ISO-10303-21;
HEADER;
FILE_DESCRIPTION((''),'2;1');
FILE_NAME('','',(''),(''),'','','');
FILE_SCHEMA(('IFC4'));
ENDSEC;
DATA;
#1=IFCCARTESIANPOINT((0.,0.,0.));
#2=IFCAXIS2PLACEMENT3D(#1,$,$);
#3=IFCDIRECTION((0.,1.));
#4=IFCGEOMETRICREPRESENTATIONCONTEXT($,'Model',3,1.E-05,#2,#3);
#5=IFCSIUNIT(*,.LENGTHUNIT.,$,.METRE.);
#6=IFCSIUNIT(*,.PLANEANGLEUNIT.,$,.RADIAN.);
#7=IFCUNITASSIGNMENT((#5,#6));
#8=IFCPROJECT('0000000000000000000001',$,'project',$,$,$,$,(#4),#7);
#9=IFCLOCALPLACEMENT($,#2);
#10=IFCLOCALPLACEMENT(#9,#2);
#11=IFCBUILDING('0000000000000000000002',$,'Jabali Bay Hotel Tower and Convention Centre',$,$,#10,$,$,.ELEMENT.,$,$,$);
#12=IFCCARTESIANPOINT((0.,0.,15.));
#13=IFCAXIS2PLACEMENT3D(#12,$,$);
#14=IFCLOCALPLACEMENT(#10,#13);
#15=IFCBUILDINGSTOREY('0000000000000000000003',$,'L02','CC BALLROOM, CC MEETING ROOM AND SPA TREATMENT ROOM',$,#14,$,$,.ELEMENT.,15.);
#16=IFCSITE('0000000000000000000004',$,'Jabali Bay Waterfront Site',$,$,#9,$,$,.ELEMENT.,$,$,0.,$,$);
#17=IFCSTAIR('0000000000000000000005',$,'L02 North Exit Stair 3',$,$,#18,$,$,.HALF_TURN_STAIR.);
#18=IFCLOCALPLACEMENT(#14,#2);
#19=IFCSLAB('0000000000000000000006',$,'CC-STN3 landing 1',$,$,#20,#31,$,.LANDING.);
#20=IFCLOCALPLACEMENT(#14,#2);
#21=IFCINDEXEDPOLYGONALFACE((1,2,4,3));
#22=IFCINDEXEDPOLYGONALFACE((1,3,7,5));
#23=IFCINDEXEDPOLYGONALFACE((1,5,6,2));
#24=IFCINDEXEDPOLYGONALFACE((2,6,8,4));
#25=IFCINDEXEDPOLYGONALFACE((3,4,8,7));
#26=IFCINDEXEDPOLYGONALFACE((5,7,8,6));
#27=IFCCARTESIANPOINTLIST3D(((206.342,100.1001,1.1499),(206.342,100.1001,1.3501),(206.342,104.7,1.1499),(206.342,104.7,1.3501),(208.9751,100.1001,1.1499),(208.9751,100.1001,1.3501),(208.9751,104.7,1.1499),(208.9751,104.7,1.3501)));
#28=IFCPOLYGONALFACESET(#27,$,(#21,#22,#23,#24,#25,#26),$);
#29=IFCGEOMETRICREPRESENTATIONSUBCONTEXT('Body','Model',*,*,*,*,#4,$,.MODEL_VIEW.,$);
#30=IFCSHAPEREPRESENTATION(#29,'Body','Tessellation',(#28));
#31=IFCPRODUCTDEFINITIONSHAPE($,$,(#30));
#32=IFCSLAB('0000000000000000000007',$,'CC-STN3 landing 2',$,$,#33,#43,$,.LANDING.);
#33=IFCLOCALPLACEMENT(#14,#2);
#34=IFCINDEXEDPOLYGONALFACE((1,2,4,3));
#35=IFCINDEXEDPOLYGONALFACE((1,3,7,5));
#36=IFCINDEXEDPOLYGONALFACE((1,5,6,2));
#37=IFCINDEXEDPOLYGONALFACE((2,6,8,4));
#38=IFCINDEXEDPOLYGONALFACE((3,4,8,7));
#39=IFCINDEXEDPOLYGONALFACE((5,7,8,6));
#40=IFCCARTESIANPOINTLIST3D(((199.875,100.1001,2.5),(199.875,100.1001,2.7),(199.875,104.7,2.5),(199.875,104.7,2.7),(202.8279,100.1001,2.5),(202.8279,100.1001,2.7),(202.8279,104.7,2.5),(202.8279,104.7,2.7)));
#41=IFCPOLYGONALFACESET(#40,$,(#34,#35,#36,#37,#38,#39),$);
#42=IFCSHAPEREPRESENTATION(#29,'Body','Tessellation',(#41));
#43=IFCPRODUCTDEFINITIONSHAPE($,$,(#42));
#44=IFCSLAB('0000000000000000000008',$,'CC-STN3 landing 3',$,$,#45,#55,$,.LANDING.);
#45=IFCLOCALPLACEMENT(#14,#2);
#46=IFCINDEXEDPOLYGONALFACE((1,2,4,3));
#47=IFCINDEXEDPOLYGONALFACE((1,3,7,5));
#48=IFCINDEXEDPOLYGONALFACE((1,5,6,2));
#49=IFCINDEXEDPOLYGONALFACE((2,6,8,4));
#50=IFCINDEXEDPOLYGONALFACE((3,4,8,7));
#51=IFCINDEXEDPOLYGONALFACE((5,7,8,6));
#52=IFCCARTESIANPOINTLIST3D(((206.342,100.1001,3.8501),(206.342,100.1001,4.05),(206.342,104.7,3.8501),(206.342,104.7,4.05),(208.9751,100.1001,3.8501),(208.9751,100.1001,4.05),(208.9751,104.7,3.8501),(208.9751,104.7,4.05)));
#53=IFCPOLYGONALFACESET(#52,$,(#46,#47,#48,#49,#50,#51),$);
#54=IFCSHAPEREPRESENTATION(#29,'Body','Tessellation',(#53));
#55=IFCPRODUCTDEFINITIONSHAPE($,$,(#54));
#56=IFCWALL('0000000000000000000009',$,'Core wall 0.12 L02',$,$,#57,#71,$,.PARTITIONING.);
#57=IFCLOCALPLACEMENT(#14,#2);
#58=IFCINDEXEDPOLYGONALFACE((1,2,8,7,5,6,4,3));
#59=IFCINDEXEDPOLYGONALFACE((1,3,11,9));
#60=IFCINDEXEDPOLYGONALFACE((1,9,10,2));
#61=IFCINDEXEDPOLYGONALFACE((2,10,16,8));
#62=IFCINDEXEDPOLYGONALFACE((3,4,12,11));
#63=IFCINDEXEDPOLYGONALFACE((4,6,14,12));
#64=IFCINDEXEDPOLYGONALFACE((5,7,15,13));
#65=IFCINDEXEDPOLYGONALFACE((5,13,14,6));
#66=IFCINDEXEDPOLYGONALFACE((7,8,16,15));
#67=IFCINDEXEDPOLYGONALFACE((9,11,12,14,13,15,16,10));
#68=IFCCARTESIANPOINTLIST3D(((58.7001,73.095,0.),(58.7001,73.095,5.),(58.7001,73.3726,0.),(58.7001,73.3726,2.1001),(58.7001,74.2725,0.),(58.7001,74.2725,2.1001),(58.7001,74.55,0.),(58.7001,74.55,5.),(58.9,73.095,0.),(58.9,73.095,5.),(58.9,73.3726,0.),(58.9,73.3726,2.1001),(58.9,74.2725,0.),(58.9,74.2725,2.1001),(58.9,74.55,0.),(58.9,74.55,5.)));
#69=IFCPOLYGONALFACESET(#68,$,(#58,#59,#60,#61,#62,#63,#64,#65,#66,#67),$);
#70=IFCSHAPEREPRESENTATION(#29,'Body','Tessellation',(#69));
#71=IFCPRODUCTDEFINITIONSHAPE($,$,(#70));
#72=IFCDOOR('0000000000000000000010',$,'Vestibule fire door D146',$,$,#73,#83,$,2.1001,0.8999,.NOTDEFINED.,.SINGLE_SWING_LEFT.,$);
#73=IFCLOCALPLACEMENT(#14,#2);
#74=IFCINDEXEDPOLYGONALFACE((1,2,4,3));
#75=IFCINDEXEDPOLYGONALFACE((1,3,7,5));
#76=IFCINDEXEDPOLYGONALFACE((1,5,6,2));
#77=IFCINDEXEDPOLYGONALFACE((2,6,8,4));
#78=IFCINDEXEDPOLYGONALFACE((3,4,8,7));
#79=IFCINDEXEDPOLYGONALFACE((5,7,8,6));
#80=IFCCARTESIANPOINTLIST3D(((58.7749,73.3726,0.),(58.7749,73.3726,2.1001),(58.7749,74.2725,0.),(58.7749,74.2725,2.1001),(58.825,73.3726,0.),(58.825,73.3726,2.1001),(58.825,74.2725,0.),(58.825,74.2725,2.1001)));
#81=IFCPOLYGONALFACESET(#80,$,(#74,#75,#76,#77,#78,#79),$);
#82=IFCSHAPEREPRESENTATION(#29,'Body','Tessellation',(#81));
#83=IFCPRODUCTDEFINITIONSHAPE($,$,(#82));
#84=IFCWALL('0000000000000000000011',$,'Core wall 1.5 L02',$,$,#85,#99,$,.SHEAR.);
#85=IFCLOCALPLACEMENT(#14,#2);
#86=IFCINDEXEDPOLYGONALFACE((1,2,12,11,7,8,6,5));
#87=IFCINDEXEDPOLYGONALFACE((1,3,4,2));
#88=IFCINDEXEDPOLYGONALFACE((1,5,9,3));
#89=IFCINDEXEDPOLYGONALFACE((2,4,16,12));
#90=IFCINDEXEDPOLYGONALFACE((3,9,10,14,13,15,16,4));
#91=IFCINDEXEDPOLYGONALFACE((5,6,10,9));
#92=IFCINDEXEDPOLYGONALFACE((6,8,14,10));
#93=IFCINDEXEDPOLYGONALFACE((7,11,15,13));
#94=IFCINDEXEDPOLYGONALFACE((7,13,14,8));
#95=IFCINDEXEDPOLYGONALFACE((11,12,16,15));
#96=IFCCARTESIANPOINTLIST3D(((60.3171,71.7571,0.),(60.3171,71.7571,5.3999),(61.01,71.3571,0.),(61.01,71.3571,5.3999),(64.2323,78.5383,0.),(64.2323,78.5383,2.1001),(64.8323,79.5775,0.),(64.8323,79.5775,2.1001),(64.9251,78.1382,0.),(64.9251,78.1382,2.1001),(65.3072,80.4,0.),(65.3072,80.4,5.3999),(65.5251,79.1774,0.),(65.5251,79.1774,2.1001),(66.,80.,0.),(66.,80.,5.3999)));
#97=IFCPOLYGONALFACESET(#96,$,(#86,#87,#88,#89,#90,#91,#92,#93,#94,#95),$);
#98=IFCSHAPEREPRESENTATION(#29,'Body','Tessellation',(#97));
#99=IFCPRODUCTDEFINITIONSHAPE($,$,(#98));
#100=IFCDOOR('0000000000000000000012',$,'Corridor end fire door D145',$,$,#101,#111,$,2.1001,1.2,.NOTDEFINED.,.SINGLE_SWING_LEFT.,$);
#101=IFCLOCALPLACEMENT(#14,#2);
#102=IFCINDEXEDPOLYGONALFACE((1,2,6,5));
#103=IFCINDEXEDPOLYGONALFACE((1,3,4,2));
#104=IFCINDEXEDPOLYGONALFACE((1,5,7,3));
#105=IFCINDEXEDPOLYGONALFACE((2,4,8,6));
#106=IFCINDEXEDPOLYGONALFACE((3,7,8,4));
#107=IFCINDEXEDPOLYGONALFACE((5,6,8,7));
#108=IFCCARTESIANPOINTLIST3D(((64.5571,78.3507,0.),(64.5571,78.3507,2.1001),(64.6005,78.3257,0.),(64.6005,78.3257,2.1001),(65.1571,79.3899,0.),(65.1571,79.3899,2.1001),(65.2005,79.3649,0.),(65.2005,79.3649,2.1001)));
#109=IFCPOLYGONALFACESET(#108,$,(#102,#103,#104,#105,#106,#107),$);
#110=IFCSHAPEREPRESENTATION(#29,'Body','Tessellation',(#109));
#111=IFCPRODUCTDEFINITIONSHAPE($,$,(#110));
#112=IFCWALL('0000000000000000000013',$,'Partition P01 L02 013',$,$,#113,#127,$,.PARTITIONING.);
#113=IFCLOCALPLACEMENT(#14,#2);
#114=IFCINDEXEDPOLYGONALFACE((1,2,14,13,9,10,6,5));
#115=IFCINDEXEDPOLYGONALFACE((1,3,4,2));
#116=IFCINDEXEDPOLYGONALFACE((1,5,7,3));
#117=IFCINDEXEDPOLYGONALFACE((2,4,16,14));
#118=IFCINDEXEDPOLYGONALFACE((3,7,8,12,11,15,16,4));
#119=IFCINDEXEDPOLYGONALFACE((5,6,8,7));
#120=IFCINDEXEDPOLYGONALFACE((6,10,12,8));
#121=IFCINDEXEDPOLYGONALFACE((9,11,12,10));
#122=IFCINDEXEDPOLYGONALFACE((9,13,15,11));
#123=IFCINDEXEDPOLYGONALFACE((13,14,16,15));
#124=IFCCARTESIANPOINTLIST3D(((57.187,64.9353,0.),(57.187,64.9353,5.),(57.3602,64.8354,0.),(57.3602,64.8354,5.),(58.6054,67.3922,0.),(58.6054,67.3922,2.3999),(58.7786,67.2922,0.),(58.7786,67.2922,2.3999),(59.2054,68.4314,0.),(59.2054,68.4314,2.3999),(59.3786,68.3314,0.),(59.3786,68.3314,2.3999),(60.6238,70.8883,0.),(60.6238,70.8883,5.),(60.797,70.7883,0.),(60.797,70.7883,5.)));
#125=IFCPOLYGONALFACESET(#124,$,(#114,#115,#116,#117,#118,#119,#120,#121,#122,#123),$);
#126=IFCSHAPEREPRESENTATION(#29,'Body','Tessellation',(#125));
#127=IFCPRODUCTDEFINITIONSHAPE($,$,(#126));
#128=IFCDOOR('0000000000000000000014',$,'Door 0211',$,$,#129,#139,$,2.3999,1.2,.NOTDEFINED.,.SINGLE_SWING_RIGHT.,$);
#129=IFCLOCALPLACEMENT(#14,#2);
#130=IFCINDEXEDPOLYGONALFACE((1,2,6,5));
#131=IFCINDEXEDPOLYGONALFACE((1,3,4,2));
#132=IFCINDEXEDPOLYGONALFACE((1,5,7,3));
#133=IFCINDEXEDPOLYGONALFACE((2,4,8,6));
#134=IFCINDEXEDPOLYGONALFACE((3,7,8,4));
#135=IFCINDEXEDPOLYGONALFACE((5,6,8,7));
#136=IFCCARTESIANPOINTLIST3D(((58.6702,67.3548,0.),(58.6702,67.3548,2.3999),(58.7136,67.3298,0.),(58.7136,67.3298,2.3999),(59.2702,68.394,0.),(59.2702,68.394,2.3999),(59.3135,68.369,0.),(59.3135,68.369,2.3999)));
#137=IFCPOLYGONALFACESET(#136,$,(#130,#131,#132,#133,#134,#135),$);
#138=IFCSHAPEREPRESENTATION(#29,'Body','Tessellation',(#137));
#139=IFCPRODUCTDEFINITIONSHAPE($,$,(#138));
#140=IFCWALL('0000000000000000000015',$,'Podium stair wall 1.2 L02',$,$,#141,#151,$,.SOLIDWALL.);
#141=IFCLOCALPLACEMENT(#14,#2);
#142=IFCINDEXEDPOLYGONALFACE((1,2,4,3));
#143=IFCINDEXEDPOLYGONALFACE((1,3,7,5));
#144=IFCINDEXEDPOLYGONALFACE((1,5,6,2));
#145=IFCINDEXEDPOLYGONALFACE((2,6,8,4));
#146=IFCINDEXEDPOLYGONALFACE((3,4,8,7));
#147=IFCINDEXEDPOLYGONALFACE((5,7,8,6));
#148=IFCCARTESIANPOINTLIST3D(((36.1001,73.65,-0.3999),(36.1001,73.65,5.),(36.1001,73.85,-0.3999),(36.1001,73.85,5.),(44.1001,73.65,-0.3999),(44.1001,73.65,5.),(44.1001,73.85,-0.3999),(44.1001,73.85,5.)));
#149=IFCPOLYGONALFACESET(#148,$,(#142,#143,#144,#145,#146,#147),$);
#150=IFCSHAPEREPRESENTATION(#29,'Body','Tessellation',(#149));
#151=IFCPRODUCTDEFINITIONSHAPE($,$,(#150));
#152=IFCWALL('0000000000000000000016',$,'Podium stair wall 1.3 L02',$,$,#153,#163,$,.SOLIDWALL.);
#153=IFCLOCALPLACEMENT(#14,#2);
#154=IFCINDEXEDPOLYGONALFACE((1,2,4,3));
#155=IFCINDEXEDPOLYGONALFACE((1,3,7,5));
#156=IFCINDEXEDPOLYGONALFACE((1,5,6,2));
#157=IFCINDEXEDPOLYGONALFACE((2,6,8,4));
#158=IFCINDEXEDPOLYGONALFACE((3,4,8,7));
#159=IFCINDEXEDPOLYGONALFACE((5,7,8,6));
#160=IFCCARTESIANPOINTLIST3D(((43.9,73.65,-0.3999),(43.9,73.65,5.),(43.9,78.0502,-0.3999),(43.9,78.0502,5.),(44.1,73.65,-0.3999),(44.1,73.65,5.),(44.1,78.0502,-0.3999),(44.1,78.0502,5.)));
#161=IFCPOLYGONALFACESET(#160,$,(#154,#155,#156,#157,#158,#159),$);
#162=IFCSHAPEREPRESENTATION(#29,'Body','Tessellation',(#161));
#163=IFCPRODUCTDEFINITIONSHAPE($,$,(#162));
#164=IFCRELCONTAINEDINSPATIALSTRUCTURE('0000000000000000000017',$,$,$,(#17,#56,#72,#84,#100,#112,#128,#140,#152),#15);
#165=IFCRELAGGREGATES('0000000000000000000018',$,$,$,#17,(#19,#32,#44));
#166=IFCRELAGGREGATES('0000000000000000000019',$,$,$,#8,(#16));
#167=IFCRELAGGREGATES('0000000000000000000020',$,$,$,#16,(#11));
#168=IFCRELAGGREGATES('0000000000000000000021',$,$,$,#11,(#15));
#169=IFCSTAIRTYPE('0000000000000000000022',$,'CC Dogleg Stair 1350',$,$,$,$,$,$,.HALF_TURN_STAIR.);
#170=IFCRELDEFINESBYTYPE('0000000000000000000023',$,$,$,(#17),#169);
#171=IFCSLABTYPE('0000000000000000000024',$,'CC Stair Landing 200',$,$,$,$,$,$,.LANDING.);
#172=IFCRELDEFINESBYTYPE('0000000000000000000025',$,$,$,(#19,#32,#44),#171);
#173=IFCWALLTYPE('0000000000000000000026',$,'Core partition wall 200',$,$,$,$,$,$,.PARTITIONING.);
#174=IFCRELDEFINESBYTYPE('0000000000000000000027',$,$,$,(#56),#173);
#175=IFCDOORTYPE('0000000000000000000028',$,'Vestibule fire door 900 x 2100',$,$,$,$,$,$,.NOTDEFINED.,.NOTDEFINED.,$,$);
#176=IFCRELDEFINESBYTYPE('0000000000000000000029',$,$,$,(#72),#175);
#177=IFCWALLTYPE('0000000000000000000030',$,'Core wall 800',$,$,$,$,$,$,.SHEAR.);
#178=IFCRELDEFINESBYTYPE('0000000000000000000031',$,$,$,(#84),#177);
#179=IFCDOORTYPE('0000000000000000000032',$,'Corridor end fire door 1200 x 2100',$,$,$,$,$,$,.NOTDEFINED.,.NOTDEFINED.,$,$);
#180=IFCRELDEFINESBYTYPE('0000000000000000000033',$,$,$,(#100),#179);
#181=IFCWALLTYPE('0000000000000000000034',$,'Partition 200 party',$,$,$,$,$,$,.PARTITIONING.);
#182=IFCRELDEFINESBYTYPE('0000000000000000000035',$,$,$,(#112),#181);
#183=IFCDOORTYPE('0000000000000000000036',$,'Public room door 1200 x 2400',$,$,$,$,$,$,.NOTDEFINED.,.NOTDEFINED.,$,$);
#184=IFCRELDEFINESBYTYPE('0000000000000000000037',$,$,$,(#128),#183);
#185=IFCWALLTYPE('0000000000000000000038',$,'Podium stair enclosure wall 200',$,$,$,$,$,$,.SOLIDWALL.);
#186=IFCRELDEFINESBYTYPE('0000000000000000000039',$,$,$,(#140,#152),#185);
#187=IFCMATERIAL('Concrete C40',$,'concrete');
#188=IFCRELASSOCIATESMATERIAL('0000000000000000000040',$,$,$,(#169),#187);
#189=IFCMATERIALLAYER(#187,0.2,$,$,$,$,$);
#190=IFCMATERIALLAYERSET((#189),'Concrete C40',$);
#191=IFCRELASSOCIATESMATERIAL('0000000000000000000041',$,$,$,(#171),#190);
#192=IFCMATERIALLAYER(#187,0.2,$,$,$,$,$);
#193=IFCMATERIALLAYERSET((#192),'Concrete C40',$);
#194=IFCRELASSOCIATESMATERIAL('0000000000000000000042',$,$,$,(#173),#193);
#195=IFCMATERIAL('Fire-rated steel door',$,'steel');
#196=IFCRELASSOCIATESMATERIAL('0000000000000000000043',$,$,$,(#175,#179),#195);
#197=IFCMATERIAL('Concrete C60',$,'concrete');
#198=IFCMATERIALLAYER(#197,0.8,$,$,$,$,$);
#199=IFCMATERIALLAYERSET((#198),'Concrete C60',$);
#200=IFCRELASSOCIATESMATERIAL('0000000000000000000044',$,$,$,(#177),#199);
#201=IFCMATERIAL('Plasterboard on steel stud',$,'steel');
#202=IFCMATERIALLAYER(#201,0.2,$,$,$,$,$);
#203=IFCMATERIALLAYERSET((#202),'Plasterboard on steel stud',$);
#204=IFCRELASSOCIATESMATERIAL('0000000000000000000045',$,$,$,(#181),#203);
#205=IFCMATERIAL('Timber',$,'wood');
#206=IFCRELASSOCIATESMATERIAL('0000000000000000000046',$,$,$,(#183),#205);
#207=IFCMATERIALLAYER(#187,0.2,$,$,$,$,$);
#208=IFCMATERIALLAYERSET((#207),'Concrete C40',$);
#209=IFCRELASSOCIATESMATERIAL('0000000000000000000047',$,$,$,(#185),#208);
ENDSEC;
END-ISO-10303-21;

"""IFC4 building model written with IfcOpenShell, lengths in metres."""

from ifc_helpers import new_model, si_unit, direction, frame, frame_2d, origin, place, context, subcontext, project, spatial, polyline, rectangle, outline, extrude, material, layer, layer_set, type_object, element, fill, aggregate, save


model = new_model("IFC4")

# Units and contexts
model_context = context("Model", 3, precision=1e-05, world=origin(), true_north=direction((0.0, 1.0)))
body_context = subcontext(model_context, "Body", "Model", "MODEL_VIEW")
ifc_project = project(units=[si_unit("LENGTHUNIT", "METRE"), si_unit("PLANEANGLEUNIT", "RADIAN")], contexts=[model_context])

# Site, building, storey
site_placement = place(None, origin())
site = spatial("IfcSite", under=ifc_project, at=site_placement, Name="Jabali Bay Waterfront Site", CompositionType="ELEMENT", RefElevation=0.0)
building_placement = place(site_placement, origin())
building = spatial("IfcBuilding", under=site, at=building_placement, Name="Jabali Bay Hotel Tower and Convention Centre", CompositionType="ELEMENT")
storey_placement = place(building_placement, frame((0.0, 0.0, 15.0)))
storey = spatial("IfcBuildingStorey", under=building, at=storey_placement, Name="L02", Description="CC BALLROOM, CC MEETING ROOM AND SPA TREATMENT ROOM", CompositionType="ELEMENT", Elevation=15.0)

# Shared definitions
ifc_material_1 = material(Name="Concrete C60", Category="concrete")

# Shared definitions
ifc_material_2 = material(Name="Concrete C40", Category="concrete")

# Stair, slabs
stair_type = type_object("IfcStairType", Name="CC Dogleg Stair 1350", PredefinedType="HALF_TURN_STAIR", material=ifc_material_2)
ifc_layer_1 = layer(ifc_material_2, 0.2)
ifc_layer_set_1 = layer_set([ifc_layer_1], Name="Concrete C40")
slab_type_1 = type_object("IfcSlabType", Name="CC Stair Landing 200", PredefinedType="LANDING", material=ifc_layer_set_1)
stair_1_placement = place(storey_placement, origin())
stair_1 = element("IfcStair", 1, at=stair_1_placement, inside=storey, type_object=stair_type, Name="L02 North Exit Stair 3", PredefinedType="HALF_TURN_STAIR")
slab_1_placement = place(storey_placement, frame((0.0, 0.0, 1.1499)))
slab_1 = element("IfcSlab", 2, at=slab_1_placement, type_object=slab_type_1, Name="CC-STN3 landing 1", PredefinedType="LANDING", context=body_context, shape_type="SweptSolid", body=[
    extrude(outline(polyline([(206.342, 100.1001), (208.9751, 100.1001), (208.9751, 104.7), (206.342, 104.7), (206.342, 100.1001)])), origin(), (0.0, 0.0, 1.0), 0.2002),
])
slab_2_placement = place(storey_placement, frame((0.0, 0.0, 2.5)))
slab_2 = element("IfcSlab", 3, at=slab_2_placement, type_object=slab_type_1, Name="CC-STN3 landing 2", PredefinedType="LANDING", context=body_context, shape_type="SweptSolid", body=[
    extrude(outline(polyline([(199.875, 100.1001), (202.8279, 100.1001), (202.8279, 104.7), (199.875, 104.7), (199.875, 100.1001)])), origin(), (0.0, 0.0, 1.0), 0.2),
])
slab_3_placement = place(storey_placement, frame((0.0, 0.0, 3.8501)))
slab_3 = element("IfcSlab", 4, at=slab_3_placement, type_object=slab_type_1, Name="CC-STN3 landing 3", PredefinedType="LANDING", context=body_context, shape_type="SweptSolid", body=[
    extrude(outline(polyline([(206.342, 100.1001), (208.9751, 100.1001), (208.9751, 104.7), (206.342, 104.7), (206.342, 100.1001)])), origin(), (0.0, 0.0, 1.0), 0.2),
])
aggregate(stair_1, [slab_1, slab_2, slab_3])

# Walls, openings, doors
ifc_layer_2 = layer(ifc_material_2, 0.2)
ifc_layer_set_2 = layer_set([ifc_layer_2], Name="Concrete C40")
wall_type_1 = type_object("IfcWallType", Name="Core partition wall 200", PredefinedType="PARTITIONING", material=ifc_layer_set_2)
wall_1_placement = place(storey_placement, frame((58.8, 74.55, 0.0), z_axis=(0.0, 0.0, 1.0), x_axis=(0.0, -1.0, 0.0)))
wall_1 = element("IfcWall", 5, at=wall_1_placement, inside=storey, type_object=wall_type_1, Name="Core wall 0.12 L02", PredefinedType="PARTITIONING", context=body_context, shape_type="SweptSolid", body=[
    extrude(rectangle(XDim=1.4551, YDim=0.2, at=frame_2d((0.7275, 0.0))), origin(), (0.0, 0.0, 1.0), 5.0),
])
opening_1_placement = place(wall_1_placement, frame((0.2776, 0.0, 0.0)))
opening_1 = element("IfcOpeningElement", 6, at=opening_1_placement, cuts=wall_1, PredefinedType="OPENING", context=body_context, shape_type="SweptSolid", body=[
    extrude(rectangle(XDim=0.8999, YDim=2.1001, at=frame_2d((0.45, 1.05))), frame((0.0, 0.1104, 0.0), z_axis=(0.0, -1.0, 0.0), x_axis=(1.0, 0.0, 0.0)), (0.0, 0.0, 1.0), 0.2209),
])
ifc_material_3 = material(Name="Fire-rated steel door", Category="steel")
door_type_1 = type_object("IfcDoorType", Name="Vestibule fire door 900 x 2100", OperationType="NOTDEFINED", PredefinedType="NOTDEFINED", material=ifc_material_3)
door_1_placement = place(opening_1_placement, origin())
door_1 = element("IfcDoor", 7, at=door_1_placement, inside=storey, type_object=door_type_1, Name="Vestibule fire door D146", OperationType="SINGLE_SWING_LEFT", OverallHeight=2.1001, OverallWidth=0.8999, PredefinedType="NOTDEFINED", context=body_context, shape_type="SweptSolid", body=[
    extrude(rectangle(XDim=0.8999, YDim=2.1001, at=frame_2d((0.45, 1.05))), frame((0.0, 0.0249, 0.0), z_axis=(0.0, -1.0, 0.0), x_axis=(1.0, 0.0, 0.0)), (0.0, 0.0, 1.0), 0.05),
])
fill(opening_1, door_1)
ifc_layer_3 = layer(ifc_material_1, 0.8)
ifc_layer_set_3 = layer_set([ifc_layer_3], Name="Concrete C60")
wall_type_2 = type_object("IfcWallType", Name="Core wall 800", PredefinedType="SHEAR", material=ifc_layer_set_3)
wall_2_placement = place(storey_placement, frame((60.6636, 71.5571, 0.0), z_axis=(0.0, 0.0, 1.0), x_axis=(0.500004, 0.866023, 0.0)))
wall_2 = element("IfcWall", 8, at=wall_2_placement, inside=storey, type_object=wall_type_2, Name="Core wall 1.5 L02", PredefinedType="SHEAR", context=body_context, shape_type="SweptSolid", body=[
    extrude(rectangle(XDim=9.98, YDim=0.8, at=frame_2d((4.99, 0.0))), origin(), (0.0, 0.0, 1.0), 5.3999),
])
opening_2_placement = place(wall_2_placement, frame((7.8301, 0.0, 0.0)))
opening_2 = element("IfcOpeningElement", 9, at=opening_2_placement, cuts=wall_2, PredefinedType="OPENING", context=body_context, shape_type="SweptSolid", body=[
    extrude(rectangle(XDim=1.2, YDim=2.1001, at=frame_2d((0.6001, 1.05))), frame((0.0, 0.4106, 0.0), z_axis=(0.0, -1.0, 0.0), x_axis=(1.0, 0.0, 0.0)), (0.0, 0.0, 1.0), 0.821),
])
door_type_2 = type_object("IfcDoorType", Name="Corridor end fire door 1200 x 2100", OperationType="NOTDEFINED", PredefinedType="NOTDEFINED", material=ifc_material_3)
door_2_placement = place(opening_2_placement, origin())
door_2 = element("IfcDoor", 10, at=door_2_placement, inside=storey, type_object=door_type_2, Name="Corridor end fire door D145", OperationType="SINGLE_SWING_LEFT", OverallHeight=2.1001, OverallWidth=1.2, PredefinedType="NOTDEFINED", context=body_context, shape_type="SweptSolid", body=[
    extrude(rectangle(XDim=1.2, YDim=2.1001, at=frame_2d((0.6001, 1.05))), frame((0.0, 0.0249, 0.0), z_axis=(0.0, -1.0, 0.0), x_axis=(1.0, 0.0, 0.0)), (0.0, 0.0, 1.0), 0.05),
])
fill(opening_2, door_2)
ifc_material_4 = material(Name="Plasterboard on steel stud", Category="steel")
ifc_layer_4 = layer(ifc_material_4, 0.2)
ifc_layer_set_4 = layer_set([ifc_layer_4], Name="Plasterboard on steel stud")
wall_type_3 = type_object("IfcWallType", Name="Partition 200 party", PredefinedType="PARTITIONING", material=ifc_layer_set_4)
wall_3_placement = place(storey_placement, frame((60.7104, 70.8384, 0.0), z_axis=(0.0, 0.0, 1.0), x_axis=(-0.499986, -0.866034, 0.0)))
wall_3 = element("IfcWall", 11, at=wall_3_placement, inside=storey, type_object=wall_type_3, Name="Partition P01 L02 013", PredefinedType="PARTITIONING", context=body_context, shape_type="SweptSolid", body=[
    extrude(rectangle(XDim=6.8738, YDim=0.2, at=frame_2d((3.437, 0.0))), origin(), (0.0, 0.0, 1.0), 5.0),
])
opening_3_placement = place(wall_3_placement, frame((2.8369, 0.0, 0.0)))
opening_3 = element("IfcOpeningElement", 12, at=opening_3_placement, cuts=wall_3, PredefinedType="OPENING", context=body_context, shape_type="SweptSolid", body=[
    extrude(rectangle(XDim=1.2, YDim=2.3999, at=frame_2d((0.6001, 1.2))), frame((0.0, 0.1104, 0.0), z_axis=(0.0, -1.0, 0.0), x_axis=(1.0, 0.0, 0.0)), (0.0, 0.0, 1.0), 0.2209),
])
ifc_material_5 = material(Name="Timber", Category="wood")
door_type_3 = type_object("IfcDoorType", Name="Public room door 1200 x 2400", OperationType="NOTDEFINED", PredefinedType="NOTDEFINED", material=ifc_material_5)
door_3_placement = place(opening_3_placement, origin())
door_3 = element("IfcDoor", 13, at=door_3_placement, inside=storey, type_object=door_type_3, Name="Door 0211", OperationType="SINGLE_SWING_RIGHT", OverallHeight=2.3999, OverallWidth=1.2, PredefinedType="NOTDEFINED", context=body_context, shape_type="SweptSolid", body=[
    extrude(rectangle(XDim=1.2, YDim=2.3999, at=frame_2d((0.6001, 1.2))), frame((0.0, 0.0249, 0.0), z_axis=(0.0, -1.0, 0.0), x_axis=(1.0, 0.0, 0.0)), (0.0, 0.0, 1.0), 0.05),
])
fill(opening_3, door_3)

# Walls
ifc_layer_5 = layer(ifc_material_2, 0.2)
ifc_layer_set_5 = layer_set([ifc_layer_5], Name="Concrete C40")
wall_type_4 = type_object("IfcWallType", Name="Podium stair enclosure wall 200", PredefinedType="SOLIDWALL", material=ifc_layer_set_5)
wall_4_placement = place(storey_placement, frame((36.1001, 73.75, -0.3999), z_axis=(0.0, 0.0, 1.0), x_axis=(1.0, 0.0, 0.0)))
element("IfcWall", 14, at=wall_4_placement, inside=storey, type_object=wall_type_4, Name="Podium stair wall 1.2 L02", PredefinedType="SOLIDWALL", context=body_context, shape_type="SweptSolid", body=[
    extrude(rectangle(XDim=8.0, YDim=0.2, at=frame_2d((4.0, 0.0))), origin(), (0.0, 0.0, 1.0), 5.3999),
])
wall_5_placement = place(storey_placement, frame((44.0, 73.6499, -0.3999), z_axis=(0.0, 0.0, 1.0), x_axis=(0.0, 1.0, 0.0)))
element("IfcWall", 15, at=wall_5_placement, inside=storey, type_object=wall_type_4, Name="Podium stair wall 1.3 L02", PredefinedType="SOLIDWALL", context=body_context, shape_type="SweptSolid", body=[
    extrude(rectangle(XDim=4.4001, YDim=0.2, at=frame_2d((2.2002, 0.0))), origin(), (0.0, 0.0, 1.0), 5.3999),
])

save(model, "model.ifc")
